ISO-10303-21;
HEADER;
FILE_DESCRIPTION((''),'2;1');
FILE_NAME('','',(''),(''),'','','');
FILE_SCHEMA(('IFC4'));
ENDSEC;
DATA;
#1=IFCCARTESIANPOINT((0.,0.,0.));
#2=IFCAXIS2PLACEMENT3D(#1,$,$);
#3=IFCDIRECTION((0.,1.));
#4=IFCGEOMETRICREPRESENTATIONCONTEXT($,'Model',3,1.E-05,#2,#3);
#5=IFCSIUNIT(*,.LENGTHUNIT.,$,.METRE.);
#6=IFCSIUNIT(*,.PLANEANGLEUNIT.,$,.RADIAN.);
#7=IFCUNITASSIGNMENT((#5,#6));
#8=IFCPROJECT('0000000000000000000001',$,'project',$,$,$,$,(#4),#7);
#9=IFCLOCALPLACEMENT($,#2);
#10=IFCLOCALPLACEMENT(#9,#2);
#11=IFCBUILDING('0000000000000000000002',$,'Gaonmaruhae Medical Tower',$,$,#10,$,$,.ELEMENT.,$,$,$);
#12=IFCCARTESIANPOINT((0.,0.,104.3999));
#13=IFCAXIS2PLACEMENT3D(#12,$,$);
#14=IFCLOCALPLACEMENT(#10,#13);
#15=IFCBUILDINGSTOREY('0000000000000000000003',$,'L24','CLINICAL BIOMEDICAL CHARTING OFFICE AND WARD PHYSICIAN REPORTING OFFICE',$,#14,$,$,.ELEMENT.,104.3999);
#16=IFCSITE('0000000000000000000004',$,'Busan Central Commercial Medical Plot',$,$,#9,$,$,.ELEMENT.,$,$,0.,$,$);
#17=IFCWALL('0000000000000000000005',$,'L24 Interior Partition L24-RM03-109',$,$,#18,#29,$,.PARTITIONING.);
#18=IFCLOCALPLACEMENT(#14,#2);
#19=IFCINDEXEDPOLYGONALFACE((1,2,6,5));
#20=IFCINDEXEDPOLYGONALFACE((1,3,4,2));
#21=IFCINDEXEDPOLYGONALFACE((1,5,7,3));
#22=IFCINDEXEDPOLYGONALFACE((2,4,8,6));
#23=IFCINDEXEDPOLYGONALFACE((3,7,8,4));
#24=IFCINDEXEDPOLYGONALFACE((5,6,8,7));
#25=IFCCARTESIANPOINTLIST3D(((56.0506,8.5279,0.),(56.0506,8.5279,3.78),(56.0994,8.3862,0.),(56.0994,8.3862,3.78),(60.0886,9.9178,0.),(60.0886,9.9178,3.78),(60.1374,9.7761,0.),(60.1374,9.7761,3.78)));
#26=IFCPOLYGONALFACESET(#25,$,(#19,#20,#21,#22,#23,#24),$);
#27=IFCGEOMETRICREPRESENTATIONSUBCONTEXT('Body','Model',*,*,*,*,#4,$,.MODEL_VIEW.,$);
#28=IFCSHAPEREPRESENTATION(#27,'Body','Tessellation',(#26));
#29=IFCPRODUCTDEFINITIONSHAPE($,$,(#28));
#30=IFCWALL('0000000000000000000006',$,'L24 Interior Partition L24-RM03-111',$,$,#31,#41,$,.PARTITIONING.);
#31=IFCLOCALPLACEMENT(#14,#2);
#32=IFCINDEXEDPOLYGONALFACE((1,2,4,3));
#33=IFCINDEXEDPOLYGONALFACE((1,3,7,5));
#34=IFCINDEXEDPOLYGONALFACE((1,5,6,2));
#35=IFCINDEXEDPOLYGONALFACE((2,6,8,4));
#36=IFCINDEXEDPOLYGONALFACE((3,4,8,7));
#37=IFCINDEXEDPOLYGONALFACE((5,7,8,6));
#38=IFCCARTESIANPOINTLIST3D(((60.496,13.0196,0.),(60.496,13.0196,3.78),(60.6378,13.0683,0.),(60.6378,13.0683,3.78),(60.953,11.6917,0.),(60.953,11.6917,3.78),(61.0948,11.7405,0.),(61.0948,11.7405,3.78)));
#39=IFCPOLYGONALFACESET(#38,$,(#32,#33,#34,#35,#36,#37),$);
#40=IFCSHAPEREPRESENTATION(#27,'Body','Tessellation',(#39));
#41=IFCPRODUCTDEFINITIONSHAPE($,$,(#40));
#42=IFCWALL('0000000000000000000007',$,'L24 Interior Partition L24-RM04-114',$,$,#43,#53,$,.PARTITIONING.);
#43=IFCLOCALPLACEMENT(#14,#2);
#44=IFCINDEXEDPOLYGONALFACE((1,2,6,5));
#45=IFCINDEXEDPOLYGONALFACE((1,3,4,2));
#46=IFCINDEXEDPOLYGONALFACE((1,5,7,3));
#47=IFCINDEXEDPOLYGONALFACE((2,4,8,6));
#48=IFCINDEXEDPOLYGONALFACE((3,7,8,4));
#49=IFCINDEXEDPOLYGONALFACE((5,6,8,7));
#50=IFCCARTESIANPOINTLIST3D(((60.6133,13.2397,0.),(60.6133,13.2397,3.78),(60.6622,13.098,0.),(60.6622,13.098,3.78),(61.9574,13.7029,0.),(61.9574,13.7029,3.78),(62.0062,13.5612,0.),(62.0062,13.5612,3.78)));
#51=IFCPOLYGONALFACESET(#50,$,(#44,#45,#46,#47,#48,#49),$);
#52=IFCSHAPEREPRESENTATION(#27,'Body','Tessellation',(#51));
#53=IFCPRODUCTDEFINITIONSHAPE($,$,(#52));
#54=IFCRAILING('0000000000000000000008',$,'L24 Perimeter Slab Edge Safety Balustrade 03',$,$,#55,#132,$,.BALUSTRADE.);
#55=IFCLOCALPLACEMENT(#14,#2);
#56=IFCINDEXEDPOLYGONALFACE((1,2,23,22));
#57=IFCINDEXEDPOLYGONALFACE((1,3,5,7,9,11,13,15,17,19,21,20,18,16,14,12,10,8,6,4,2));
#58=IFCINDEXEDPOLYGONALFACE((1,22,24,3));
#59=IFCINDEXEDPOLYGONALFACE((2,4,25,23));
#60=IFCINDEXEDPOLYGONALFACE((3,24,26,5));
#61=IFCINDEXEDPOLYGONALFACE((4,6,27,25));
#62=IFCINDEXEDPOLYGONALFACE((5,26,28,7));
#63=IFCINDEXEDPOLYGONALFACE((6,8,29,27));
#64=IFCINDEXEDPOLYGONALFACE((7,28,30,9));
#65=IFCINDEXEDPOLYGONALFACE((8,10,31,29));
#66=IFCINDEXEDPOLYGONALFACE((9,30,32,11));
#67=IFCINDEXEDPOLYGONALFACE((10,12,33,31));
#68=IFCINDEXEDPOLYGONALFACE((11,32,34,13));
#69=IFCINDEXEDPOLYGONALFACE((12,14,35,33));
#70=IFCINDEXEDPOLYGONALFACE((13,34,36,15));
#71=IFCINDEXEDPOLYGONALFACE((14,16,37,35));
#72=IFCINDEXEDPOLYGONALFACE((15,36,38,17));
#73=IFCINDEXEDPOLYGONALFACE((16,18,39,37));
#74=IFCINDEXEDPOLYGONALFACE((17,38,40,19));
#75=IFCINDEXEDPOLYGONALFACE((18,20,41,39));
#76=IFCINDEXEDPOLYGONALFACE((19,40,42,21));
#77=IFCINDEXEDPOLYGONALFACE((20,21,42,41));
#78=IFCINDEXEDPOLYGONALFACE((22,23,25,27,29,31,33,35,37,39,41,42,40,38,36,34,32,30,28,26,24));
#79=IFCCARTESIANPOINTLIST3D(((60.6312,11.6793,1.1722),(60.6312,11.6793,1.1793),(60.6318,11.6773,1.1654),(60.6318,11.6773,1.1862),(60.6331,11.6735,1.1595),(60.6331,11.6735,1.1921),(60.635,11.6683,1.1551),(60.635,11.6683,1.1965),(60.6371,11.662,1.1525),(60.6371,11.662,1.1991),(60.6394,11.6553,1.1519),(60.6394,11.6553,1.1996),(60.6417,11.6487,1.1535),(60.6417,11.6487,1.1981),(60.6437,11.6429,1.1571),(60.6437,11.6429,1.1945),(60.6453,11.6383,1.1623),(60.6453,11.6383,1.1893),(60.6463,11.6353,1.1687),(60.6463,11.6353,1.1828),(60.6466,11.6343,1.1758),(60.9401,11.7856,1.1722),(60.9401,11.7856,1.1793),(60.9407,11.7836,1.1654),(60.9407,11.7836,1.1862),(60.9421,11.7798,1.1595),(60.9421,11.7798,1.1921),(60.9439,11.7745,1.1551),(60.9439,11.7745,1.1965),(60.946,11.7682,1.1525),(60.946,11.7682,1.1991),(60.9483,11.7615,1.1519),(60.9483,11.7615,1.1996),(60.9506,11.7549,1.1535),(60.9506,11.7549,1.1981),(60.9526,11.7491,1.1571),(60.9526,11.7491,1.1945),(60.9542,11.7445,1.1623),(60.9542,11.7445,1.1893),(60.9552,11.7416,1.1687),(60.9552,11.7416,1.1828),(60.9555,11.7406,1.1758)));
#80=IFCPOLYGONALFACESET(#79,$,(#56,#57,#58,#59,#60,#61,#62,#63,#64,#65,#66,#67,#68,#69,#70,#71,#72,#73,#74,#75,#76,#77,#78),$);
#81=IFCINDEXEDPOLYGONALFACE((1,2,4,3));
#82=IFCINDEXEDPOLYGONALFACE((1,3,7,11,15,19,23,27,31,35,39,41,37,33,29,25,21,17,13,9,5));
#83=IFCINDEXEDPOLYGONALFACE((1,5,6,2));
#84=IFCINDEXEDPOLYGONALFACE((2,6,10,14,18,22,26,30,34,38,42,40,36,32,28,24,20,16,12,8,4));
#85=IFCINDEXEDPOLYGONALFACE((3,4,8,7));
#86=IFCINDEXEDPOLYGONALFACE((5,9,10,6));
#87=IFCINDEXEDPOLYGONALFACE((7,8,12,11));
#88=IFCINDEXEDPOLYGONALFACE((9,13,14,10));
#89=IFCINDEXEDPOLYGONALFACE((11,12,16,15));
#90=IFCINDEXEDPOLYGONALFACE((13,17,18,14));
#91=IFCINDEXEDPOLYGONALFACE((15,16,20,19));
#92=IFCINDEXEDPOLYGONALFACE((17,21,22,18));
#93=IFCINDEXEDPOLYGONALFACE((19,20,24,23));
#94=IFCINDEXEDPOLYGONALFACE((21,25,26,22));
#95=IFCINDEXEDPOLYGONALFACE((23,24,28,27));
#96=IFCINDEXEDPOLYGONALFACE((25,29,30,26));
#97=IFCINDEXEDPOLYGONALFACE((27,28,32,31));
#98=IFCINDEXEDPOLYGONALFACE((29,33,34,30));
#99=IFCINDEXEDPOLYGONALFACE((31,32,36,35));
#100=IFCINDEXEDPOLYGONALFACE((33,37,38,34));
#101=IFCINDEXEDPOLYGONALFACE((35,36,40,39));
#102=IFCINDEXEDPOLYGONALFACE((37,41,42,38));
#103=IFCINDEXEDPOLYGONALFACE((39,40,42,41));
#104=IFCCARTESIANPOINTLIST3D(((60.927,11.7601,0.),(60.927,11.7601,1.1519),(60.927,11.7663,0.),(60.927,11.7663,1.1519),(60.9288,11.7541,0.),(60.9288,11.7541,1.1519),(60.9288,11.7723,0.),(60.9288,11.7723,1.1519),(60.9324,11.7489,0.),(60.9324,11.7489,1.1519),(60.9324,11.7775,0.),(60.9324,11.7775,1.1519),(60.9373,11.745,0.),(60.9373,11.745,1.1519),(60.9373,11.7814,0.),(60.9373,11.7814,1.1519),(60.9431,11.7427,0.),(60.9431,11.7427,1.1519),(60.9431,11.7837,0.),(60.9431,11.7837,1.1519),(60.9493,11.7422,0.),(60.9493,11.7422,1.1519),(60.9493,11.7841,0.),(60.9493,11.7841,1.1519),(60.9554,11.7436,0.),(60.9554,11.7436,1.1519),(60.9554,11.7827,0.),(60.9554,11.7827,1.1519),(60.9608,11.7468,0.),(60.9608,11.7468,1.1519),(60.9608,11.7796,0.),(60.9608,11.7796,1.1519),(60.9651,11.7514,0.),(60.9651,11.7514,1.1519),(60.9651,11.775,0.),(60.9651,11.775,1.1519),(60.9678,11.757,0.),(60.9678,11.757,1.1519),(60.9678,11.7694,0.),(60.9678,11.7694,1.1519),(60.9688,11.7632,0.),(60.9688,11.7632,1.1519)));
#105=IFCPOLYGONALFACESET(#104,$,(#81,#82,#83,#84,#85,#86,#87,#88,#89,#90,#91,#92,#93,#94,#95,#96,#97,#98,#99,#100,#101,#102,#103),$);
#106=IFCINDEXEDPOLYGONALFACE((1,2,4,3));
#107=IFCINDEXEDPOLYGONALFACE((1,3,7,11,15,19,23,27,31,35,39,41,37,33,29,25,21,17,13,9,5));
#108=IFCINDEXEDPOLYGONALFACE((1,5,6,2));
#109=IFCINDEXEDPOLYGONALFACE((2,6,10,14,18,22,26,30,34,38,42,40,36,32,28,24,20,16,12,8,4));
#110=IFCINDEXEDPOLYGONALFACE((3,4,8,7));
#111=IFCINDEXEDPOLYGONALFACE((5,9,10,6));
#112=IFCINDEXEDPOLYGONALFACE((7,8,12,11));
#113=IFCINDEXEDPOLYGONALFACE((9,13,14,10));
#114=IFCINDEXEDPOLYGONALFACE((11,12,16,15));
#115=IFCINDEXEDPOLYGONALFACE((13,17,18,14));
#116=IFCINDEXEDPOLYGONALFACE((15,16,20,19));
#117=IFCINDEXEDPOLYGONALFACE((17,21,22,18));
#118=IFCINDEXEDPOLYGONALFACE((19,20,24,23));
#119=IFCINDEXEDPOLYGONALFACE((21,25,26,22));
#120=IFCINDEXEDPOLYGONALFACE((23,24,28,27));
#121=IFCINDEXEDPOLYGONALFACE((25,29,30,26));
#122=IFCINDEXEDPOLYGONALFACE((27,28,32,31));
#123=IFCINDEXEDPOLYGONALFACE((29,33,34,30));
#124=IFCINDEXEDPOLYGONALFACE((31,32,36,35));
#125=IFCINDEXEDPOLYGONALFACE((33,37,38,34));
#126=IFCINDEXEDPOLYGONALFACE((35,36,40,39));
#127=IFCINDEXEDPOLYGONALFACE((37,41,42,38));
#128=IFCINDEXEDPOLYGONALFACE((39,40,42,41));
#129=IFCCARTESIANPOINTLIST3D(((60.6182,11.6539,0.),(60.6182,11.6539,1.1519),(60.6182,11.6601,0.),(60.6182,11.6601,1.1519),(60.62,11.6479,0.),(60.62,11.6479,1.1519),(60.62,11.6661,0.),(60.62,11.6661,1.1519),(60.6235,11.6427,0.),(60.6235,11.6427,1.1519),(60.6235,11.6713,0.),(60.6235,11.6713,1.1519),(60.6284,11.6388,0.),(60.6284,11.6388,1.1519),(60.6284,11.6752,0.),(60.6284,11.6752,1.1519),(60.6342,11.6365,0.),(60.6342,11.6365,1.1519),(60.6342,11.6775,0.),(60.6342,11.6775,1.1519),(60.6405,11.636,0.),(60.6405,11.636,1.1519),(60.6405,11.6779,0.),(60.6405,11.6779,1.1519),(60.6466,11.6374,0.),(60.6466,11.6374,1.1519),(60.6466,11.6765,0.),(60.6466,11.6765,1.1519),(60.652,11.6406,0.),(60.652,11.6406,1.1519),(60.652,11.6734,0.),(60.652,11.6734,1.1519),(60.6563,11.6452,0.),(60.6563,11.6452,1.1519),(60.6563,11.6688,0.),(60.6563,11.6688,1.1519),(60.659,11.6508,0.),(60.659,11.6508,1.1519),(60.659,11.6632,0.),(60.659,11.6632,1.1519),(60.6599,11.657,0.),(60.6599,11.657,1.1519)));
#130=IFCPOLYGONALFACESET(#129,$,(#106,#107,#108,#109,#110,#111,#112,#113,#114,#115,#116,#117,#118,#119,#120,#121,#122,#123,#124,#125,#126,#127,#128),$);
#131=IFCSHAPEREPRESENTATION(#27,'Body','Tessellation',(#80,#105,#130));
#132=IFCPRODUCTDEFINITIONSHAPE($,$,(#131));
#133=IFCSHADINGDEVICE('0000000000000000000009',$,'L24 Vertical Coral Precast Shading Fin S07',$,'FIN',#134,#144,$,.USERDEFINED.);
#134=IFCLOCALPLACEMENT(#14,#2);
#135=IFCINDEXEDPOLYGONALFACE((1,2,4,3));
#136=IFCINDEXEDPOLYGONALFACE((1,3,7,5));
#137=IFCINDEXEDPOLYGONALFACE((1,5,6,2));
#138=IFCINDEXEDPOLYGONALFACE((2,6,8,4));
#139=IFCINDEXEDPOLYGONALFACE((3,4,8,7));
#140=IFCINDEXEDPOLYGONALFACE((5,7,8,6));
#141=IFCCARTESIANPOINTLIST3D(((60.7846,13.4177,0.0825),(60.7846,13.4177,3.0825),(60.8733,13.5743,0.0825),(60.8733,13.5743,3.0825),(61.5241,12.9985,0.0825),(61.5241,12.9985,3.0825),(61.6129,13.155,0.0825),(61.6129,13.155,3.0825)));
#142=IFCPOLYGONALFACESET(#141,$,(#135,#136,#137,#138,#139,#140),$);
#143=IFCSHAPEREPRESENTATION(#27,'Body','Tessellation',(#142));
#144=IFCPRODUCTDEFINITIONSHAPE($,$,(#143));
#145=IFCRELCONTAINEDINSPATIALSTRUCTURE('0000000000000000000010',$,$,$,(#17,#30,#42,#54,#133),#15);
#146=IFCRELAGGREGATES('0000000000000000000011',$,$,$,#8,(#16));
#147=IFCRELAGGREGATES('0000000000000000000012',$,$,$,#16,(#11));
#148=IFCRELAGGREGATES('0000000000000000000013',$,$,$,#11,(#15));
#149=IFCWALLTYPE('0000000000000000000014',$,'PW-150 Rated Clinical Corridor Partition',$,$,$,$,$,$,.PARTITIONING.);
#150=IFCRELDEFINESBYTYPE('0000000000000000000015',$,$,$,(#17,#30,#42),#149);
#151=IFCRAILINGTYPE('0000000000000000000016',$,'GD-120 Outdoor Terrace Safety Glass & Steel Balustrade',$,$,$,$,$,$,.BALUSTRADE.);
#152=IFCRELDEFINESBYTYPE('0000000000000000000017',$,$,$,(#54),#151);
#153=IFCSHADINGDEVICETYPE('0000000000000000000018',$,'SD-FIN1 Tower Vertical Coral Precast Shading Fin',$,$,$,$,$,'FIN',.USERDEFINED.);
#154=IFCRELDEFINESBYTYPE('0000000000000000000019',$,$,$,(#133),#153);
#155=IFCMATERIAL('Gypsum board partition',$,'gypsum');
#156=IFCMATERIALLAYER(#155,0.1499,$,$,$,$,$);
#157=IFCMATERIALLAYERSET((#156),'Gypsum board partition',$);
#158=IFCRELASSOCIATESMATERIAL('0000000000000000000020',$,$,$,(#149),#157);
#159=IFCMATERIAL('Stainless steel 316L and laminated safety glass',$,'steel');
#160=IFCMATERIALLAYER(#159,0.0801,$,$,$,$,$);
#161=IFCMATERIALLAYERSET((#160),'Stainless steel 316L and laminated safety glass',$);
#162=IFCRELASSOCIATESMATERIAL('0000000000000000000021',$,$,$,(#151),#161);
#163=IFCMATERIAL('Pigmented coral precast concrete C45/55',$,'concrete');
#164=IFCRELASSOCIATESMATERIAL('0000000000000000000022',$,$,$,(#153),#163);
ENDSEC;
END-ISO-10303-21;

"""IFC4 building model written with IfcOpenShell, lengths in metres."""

from ifc_helpers import new_model, si_unit, direction, frame, frame_2d, origin, origin_2d, place, context, subcontext, project, spatial, rectangle, circle, extrude, material, layer, layer_set, type_object, element, save


model = new_model("IFC4")

# Units and contexts
model_context = context("Model", 3, precision=1e-05, world=origin(), true_north=direction((0.0, 1.0)))
body_context = subcontext(model_context, "Body", "Model", "MODEL_VIEW")
ifc_project = project(units=[si_unit("LENGTHUNIT", "METRE"), si_unit("PLANEANGLEUNIT", "RADIAN")], contexts=[model_context])

# Site, building, storey
site_placement = place(None, origin())
site = spatial("IfcSite", under=ifc_project, at=site_placement, Name="Busan Central Commercial Medical Plot", CompositionType="ELEMENT", RefElevation=0.0)
building_placement = place(site_placement, origin())
building = spatial("IfcBuilding", under=site, at=building_placement, Name="Gaonmaruhae Medical Tower", CompositionType="ELEMENT")
storey_placement = place(building_placement, frame((0.0, 0.0, 104.3999)))
storey = spatial("IfcBuildingStorey", under=building, at=storey_placement, Name="L24", Description="CLINICAL BIOMEDICAL CHARTING OFFICE AND WARD PHYSICIAN REPORTING OFFICE", CompositionType="ELEMENT", Elevation=104.3999)

# Shared definitions
ifc_material_1 = material(Name="Gypsum board partition", Category="gypsum")
ifc_layer_1 = layer(ifc_material_1, 0.1499)
ifc_layer_set_1 = layer_set([ifc_layer_1], Name="Gypsum board partition")
wall_type_1 = type_object("IfcWallType", Name="PW-150 Rated Clinical Corridor Partition", PredefinedType="PARTITIONING", material=ifc_layer_set_1)

# Walls
wall_1_placement = place(storey_placement, frame((60.113, 9.8469, 0.0), z_axis=(0.0, 0.0, 1.0), x_axis=(-0.945557, -0.325457, 0.0)))
element("IfcWall", 1, at=wall_1_placement, inside=storey, type_object=wall_type_1, Name="L24 Interior Partition L24-RM03-109", PredefinedType="PARTITIONING", context=body_context, shape_type="SweptSolid", body=[
    extrude(rectangle(XDim=4.2705, YDim=0.1499, at=frame_2d((2.1353, 0.0))), origin(), (0.0, 0.0, 1.0), 3.78),
])
wall_2_placement = place(storey_placement, frame((60.5669, 13.0439, 0.0), z_axis=(0.0, 0.0, 1.0), x_axis=(0.325444, -0.945561, 0.0)))
element("IfcWall", 2, at=wall_2_placement, inside=storey, type_object=wall_type_1, Name="L24 Interior Partition L24-RM03-111", PredefinedType="PARTITIONING", context=body_context, shape_type="SweptSolid", body=[
    extrude(rectangle(XDim=1.4043, YDim=0.1499, at=frame_2d((0.7021, 0.0))), origin(), (0.0, 0.0, 1.0), 3.78),
])
wall_3_placement = place(storey_placement, frame((61.9819, 13.6321, 0.0), z_axis=(0.0, 0.0, 1.0), x_axis=(-0.94544, -0.325795, 0.0)))
element("IfcWall", 3, at=wall_3_placement, inside=storey, type_object=wall_type_1, Name="L24 Interior Partition L24-RM04-114", PredefinedType="PARTITIONING", context=body_context, shape_type="SweptSolid", body=[
    extrude(rectangle(XDim=1.4216, YDim=0.1499, at=frame_2d((0.7109, 0.0))), origin(), (0.0, 0.0, 1.0), 3.78),
])

# Railing
ifc_material_2 = material(Name="Stainless steel 316L and laminated safety glass", Category="steel")
ifc_layer_2 = layer(ifc_material_2, 0.0801)
ifc_layer_set_2 = layer_set([ifc_layer_2], Name="Stainless steel 316L and laminated safety glass")
railing_type = type_object("IfcRailingType", Name="GD-120 Outdoor Terrace Safety Glass & Steel Balustrade", PredefinedType="BALUSTRADE", material=ifc_layer_set_2)
railing_placement = place(storey_placement, frame((60.9478, 11.7632, 0.0)))
element("IfcRailing", 4, at=railing_placement, inside=storey, type_object=railing_type, Name="L24 Perimeter Slab Edge Safety Balustrade 03", PredefinedType="BALUSTRADE", context=body_context, shape_type="SweptSolid", body=[
    extrude(circle(Radius=0.0239, at=origin_2d()), frame((0.0, 0.0, 1.1758), z_axis=(-0.945651, -0.325184, 0.0), x_axis=(0.325184, -0.945651, 0.0)), (0.0, 0.0, 1.0), 0.3267),
    extrude(circle(Radius=0.021, at=origin_2d()), origin(), (0.0, 0.0, 1.0), 1.1519),
    extrude(circle(Radius=0.021, at=origin_2d()), frame((-0.3088, -0.1062, 0.0)), (0.0, 0.0, 1.0), 1.1519),
])

# Shading device
ifc_material_3 = material(Name="Pigmented coral precast concrete C45/55", Category="concrete")
shading_device_type = type_object("IfcShadingDeviceType", Name="SD-FIN1 Tower Vertical Coral Precast Shading Fin", ElementType="FIN", PredefinedType="USERDEFINED", material=ifc_material_3)
shading_device_placement = place(storey_placement, frame((61.1987, 13.2864, 0.0825), z_axis=(0.0, 0.0, 1.0), x_axis=(-0.493198, -0.869917, 0.0)))
element("IfcShadingDevice", 5, at=shading_device_placement, inside=storey, type_object=shading_device_type, Name="L24 Vertical Coral Precast Shading Fin S07", ObjectType="FIN", PredefinedType="USERDEFINED", context=body_context, shape_type="SweptSolid", body=[
    extrude(rectangle(XDim=0.1799, YDim=0.8501, at=origin_2d()), origin(), (0.0, 0.0, 1.0), 3.0),
])

save(model, "model.ifc")
